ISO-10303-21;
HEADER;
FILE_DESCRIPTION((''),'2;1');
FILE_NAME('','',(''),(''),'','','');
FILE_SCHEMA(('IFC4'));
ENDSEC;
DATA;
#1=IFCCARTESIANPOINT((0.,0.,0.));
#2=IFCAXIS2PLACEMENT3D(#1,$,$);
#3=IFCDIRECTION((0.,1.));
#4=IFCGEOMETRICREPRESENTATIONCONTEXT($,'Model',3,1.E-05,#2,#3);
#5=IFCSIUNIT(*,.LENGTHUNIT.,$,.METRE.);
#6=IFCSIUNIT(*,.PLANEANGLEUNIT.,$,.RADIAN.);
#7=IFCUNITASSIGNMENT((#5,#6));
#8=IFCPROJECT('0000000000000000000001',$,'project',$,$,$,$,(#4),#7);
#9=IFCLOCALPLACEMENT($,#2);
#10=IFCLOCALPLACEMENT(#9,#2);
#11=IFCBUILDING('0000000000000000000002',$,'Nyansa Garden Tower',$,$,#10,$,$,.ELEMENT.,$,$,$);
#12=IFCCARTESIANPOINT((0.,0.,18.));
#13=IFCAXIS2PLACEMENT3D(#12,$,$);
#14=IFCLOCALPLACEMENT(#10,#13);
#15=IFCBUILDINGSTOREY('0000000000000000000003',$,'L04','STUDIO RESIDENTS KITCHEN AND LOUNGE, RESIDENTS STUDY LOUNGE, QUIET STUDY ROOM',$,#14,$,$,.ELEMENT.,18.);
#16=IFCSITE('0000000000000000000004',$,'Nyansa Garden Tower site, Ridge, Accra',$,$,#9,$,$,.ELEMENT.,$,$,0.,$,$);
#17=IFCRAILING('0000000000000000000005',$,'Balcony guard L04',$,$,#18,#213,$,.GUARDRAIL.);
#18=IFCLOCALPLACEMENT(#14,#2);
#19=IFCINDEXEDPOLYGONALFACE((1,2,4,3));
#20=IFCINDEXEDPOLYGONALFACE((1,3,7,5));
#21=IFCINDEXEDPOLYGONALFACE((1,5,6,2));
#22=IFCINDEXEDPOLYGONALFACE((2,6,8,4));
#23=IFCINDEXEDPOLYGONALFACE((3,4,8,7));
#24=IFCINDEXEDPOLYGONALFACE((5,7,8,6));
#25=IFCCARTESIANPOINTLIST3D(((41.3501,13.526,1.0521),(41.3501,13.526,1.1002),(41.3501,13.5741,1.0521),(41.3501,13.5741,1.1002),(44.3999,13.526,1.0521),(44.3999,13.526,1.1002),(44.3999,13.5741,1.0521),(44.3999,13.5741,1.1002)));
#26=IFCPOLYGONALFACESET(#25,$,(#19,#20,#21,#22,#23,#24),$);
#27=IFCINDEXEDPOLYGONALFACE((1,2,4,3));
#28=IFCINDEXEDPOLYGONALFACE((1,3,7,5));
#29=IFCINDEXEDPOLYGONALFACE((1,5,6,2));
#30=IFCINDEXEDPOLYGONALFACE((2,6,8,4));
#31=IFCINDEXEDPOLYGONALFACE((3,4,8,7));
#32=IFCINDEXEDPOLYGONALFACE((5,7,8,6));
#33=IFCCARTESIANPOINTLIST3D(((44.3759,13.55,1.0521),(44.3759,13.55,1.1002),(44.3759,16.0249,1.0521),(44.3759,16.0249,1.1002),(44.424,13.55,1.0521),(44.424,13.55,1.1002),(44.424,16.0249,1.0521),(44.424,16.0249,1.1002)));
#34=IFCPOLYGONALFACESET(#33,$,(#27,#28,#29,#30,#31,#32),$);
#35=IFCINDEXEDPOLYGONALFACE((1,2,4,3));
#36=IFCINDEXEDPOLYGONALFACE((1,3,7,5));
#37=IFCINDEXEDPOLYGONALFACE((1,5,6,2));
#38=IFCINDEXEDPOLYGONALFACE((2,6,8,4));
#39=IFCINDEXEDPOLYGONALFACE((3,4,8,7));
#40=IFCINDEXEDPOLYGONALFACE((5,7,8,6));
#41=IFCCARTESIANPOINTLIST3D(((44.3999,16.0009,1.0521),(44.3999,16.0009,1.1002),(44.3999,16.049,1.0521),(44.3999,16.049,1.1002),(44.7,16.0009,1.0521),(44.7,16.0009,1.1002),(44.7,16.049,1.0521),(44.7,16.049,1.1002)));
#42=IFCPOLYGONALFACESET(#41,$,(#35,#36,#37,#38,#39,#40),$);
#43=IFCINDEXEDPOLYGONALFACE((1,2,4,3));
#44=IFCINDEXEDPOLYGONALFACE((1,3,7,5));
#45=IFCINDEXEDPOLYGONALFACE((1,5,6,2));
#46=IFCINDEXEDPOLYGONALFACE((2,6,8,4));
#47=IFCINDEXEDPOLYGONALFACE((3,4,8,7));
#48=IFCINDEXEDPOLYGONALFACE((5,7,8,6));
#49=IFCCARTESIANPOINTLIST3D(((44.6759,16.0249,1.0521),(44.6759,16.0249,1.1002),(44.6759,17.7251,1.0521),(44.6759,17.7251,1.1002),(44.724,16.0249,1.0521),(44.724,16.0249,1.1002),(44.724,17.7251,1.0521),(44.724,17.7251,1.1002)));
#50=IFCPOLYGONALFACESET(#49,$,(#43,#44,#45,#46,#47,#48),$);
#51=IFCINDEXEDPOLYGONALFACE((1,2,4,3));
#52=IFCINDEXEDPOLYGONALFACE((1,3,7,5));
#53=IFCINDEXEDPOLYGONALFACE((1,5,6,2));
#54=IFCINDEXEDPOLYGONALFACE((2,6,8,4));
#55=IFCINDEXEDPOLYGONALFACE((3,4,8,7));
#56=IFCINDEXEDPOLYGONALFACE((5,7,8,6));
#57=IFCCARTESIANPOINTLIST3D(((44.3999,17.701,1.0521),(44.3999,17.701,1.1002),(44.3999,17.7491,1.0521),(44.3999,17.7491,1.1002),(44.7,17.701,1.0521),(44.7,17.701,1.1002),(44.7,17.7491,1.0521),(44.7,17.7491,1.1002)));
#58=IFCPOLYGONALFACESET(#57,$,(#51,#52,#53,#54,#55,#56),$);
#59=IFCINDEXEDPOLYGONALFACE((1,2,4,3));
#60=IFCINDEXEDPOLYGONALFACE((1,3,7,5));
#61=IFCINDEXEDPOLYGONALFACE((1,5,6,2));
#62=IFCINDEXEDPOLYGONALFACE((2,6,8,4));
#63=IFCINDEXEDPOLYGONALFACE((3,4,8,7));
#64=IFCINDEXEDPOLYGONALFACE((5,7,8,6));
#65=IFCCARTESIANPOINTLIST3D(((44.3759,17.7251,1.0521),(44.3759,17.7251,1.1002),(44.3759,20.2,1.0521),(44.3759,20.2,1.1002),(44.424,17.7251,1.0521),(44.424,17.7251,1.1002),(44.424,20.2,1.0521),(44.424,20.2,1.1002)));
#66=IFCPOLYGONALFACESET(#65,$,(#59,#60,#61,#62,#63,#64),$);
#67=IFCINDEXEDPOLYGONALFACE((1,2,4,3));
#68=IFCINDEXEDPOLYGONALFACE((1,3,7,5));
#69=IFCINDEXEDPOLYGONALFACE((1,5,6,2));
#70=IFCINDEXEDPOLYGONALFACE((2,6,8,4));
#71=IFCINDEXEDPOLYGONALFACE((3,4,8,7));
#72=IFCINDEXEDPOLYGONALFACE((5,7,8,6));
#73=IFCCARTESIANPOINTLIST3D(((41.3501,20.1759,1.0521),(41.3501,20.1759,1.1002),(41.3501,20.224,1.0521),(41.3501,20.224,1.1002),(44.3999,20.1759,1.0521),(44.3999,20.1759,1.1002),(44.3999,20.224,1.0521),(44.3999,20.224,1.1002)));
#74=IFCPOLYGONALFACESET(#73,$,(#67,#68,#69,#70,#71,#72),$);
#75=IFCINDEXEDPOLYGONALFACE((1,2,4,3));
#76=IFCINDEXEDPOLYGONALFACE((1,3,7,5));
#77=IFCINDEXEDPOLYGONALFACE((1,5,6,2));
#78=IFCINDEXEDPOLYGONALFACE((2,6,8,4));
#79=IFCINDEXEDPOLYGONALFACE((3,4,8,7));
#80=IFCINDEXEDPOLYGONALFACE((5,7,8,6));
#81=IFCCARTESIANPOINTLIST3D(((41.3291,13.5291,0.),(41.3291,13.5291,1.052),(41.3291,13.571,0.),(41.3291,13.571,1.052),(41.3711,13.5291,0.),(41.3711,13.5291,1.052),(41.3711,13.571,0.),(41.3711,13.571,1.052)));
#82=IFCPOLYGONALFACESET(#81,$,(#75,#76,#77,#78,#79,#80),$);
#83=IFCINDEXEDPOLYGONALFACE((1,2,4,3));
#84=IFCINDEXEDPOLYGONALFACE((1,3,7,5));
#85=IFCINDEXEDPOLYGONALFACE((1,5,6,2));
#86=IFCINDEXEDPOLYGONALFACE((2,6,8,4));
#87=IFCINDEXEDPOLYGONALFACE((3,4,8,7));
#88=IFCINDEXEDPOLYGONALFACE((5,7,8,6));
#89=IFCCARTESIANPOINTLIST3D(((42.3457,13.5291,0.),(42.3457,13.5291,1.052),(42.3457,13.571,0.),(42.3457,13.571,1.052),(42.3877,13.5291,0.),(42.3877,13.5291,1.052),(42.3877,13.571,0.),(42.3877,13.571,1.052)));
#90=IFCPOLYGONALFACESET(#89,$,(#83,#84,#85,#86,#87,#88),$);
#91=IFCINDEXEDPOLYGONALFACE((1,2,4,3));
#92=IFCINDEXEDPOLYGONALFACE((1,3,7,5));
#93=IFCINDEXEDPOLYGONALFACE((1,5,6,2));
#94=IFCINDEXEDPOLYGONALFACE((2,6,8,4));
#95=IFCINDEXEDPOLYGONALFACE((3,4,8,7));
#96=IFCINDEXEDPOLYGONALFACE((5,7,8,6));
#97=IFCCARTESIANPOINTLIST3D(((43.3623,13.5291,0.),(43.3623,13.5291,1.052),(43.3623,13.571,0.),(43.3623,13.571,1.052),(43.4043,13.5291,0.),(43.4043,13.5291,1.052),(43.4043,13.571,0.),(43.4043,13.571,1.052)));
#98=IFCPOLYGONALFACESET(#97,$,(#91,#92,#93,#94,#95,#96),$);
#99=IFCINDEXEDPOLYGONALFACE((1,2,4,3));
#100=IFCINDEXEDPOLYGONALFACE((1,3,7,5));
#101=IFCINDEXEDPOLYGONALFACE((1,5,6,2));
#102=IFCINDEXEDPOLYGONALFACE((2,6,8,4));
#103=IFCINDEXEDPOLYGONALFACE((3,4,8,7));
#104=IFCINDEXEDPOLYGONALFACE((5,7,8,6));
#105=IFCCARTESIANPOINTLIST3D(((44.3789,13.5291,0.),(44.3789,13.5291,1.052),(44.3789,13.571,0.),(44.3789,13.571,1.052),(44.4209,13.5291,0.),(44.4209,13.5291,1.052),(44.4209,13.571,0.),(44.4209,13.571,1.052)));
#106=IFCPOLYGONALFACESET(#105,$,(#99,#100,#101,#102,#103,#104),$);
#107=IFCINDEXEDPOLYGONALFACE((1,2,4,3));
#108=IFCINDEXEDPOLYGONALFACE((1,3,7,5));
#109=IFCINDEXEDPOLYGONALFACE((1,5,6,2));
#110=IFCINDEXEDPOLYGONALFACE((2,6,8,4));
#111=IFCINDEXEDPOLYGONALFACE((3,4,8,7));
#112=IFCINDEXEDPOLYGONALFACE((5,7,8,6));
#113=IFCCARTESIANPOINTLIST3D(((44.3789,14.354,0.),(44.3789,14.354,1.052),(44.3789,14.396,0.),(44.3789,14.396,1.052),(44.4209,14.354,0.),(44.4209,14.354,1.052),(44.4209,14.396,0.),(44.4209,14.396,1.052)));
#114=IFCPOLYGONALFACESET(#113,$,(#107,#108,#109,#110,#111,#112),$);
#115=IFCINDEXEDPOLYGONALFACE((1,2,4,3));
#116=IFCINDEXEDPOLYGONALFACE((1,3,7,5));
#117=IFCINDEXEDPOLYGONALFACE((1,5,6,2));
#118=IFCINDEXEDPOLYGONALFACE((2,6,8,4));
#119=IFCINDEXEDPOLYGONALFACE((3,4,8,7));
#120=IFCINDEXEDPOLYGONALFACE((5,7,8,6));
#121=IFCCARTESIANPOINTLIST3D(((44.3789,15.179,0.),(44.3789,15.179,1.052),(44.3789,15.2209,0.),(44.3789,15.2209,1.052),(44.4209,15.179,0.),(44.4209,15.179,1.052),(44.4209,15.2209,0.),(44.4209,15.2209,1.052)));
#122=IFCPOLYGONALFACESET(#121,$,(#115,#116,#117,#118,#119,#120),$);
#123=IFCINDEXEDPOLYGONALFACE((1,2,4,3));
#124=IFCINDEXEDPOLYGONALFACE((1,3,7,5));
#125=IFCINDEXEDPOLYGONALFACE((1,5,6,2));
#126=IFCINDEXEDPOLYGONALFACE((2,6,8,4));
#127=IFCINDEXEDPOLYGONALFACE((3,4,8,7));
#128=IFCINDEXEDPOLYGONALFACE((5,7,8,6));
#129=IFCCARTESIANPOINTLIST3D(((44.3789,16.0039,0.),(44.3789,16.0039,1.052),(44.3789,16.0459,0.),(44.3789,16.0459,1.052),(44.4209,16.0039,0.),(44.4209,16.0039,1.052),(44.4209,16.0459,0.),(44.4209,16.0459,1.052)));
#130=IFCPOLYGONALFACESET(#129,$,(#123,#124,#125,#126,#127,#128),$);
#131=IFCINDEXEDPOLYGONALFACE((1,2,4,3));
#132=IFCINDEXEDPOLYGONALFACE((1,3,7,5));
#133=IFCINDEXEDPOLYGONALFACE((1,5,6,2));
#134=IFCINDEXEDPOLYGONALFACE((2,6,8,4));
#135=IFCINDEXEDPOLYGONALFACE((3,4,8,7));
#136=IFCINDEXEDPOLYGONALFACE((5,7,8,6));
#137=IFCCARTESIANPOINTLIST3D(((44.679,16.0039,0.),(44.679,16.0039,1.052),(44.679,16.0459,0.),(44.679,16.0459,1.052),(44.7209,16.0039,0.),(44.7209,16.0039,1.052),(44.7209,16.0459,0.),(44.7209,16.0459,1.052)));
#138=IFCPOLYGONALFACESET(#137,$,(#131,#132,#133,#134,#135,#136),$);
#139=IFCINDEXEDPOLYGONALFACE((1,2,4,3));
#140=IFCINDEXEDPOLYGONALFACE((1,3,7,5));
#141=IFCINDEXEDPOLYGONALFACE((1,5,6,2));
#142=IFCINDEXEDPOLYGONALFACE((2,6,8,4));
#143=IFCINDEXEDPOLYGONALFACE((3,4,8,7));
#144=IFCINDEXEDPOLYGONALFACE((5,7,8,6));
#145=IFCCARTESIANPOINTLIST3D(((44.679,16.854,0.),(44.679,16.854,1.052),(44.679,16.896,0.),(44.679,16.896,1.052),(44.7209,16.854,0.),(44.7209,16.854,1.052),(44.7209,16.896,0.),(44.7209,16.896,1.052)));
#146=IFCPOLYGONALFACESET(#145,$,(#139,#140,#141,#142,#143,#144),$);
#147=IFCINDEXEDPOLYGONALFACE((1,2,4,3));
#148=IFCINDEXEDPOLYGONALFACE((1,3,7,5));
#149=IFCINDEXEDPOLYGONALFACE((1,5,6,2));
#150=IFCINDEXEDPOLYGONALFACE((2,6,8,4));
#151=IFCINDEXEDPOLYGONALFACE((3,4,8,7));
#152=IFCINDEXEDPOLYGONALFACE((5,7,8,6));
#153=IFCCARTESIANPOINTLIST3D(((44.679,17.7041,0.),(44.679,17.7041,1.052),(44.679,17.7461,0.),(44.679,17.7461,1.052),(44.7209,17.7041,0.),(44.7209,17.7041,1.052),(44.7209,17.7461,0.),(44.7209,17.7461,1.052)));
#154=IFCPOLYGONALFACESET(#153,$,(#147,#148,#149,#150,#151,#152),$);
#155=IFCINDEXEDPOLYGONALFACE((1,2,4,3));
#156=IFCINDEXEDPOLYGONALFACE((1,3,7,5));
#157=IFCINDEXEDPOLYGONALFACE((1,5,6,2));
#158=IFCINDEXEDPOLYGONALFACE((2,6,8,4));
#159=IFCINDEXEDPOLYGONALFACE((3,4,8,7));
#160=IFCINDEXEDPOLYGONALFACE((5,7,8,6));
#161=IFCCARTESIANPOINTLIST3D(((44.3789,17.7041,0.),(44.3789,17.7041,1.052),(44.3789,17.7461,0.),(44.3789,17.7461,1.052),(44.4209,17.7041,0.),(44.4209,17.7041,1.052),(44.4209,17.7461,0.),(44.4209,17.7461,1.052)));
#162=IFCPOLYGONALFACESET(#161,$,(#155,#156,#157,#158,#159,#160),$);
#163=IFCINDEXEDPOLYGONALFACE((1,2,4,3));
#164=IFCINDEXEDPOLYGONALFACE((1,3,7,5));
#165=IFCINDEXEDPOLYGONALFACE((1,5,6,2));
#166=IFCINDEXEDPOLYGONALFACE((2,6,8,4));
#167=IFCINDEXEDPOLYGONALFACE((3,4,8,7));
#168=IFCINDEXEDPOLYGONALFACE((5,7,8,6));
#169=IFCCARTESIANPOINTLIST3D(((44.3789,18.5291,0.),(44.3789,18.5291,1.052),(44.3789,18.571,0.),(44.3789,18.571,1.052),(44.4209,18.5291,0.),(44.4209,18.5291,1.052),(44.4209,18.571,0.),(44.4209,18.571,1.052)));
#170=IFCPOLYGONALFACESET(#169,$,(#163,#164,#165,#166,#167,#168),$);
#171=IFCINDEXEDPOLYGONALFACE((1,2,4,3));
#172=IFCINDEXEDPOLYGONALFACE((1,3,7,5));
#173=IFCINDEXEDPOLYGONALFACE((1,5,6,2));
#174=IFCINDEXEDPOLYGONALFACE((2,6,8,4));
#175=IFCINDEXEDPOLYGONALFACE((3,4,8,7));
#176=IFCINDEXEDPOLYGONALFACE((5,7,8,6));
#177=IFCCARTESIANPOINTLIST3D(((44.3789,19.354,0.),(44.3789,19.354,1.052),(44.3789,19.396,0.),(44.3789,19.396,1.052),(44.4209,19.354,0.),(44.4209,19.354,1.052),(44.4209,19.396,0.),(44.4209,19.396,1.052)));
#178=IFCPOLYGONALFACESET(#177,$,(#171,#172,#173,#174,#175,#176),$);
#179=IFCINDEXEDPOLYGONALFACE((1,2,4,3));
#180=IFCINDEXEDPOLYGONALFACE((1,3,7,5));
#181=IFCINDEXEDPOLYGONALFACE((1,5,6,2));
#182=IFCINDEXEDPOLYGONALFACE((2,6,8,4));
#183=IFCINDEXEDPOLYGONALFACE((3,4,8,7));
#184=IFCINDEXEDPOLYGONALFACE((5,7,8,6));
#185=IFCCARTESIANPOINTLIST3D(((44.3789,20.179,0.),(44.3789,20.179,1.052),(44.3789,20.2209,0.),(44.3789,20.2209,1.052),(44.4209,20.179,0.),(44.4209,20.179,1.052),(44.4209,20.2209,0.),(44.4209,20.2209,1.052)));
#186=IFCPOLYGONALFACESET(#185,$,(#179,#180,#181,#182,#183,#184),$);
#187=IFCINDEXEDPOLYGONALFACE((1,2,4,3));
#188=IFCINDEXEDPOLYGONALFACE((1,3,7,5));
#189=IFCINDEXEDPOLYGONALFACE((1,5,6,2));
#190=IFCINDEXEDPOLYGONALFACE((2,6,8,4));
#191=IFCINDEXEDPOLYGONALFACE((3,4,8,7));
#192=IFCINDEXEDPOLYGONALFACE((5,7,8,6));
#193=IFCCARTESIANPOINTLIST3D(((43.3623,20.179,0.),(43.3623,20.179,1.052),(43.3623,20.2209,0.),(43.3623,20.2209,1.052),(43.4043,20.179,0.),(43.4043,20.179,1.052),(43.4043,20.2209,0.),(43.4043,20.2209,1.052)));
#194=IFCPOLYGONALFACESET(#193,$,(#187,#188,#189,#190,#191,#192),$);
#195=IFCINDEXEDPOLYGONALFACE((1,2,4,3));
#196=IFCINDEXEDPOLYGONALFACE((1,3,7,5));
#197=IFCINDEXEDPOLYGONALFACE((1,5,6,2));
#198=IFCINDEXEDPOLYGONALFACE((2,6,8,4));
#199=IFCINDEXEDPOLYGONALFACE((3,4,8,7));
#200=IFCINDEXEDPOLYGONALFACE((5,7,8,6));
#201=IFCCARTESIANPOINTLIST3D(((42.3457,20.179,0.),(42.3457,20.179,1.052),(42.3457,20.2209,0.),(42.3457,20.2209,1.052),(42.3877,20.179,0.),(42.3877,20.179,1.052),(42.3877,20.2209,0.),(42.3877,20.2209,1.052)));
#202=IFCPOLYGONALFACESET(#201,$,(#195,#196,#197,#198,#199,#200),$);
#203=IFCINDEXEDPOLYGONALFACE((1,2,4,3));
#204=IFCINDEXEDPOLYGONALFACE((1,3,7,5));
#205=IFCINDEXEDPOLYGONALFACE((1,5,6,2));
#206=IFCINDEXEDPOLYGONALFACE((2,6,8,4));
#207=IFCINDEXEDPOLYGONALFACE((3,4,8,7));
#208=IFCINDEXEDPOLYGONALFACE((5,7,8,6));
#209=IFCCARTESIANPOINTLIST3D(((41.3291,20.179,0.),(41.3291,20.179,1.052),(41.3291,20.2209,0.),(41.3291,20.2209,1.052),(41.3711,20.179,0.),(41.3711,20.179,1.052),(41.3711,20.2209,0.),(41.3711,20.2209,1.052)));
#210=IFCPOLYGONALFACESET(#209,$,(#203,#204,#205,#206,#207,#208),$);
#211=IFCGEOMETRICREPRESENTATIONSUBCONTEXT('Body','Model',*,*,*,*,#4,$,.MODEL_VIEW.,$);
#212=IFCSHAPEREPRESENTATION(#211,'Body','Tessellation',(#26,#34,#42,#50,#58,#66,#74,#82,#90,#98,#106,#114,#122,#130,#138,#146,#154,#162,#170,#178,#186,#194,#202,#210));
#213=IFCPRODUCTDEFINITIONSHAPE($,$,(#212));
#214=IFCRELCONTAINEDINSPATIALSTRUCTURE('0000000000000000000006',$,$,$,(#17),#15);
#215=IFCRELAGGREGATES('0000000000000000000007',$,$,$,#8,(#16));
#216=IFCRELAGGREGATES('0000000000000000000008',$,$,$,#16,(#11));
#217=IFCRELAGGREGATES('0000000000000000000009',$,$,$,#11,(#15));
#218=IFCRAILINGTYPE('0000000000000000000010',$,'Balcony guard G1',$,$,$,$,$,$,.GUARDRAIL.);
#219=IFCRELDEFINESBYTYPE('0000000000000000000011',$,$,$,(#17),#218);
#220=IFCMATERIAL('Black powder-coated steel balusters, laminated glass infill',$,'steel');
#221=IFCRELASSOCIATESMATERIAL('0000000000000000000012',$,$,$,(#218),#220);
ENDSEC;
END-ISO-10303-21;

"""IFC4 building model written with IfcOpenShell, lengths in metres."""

from ifc_helpers import new_model, si_unit, direction, frame, origin, origin_2d, place, context, subcontext, project, spatial, rectangle, extrude, material, type_object, element, save


model = new_model("IFC4")

# Units and contexts
model_context = context("Model", 3, precision=1e-05, world=origin(), true_north=direction((0.0, 1.0)))
body_context = subcontext(model_context, "Body", "Model", "MODEL_VIEW")
ifc_project = project(units=[si_unit("LENGTHUNIT", "METRE"), si_unit("PLANEANGLEUNIT", "RADIAN")], contexts=[model_context])

# Site, building, storey
site_placement = place(None, origin())
site = spatial("IfcSite", under=ifc_project, at=site_placement, Name="Nyansa Garden Tower site, Ridge, Accra", CompositionType="ELEMENT", RefElevation=0.0)
building_placement = place(site_placement, origin())
building = spatial("IfcBuilding", under=site, at=building_placement, Name="Nyansa Garden Tower", CompositionType="ELEMENT")
storey_placement = place(building_placement, frame((0.0, 0.0, 18.0)))
storey = spatial("IfcBuildingStorey", under=building, at=storey_placement, Name="L04", Description="STUDIO RESIDENTS KITCHEN AND LOUNGE, RESIDENTS STUDY LOUNGE, QUIET STUDY ROOM", CompositionType="ELEMENT", Elevation=18.0)

# Railing
ifc_material_1 = material(Name="Black powder-coated steel balusters, laminated glass infill", Category="steel")
railing_type = type_object("IfcRailingType", Name="Balcony guard G1", PredefinedType="GUARDRAIL", material=ifc_material_1)
railing_placement = place(storey_placement, frame((41.3501, 13.55, 0.0)))
element("IfcRailing", 1, at=railing_placement, inside=storey, type_object=railing_type, Name="Balcony guard L04", PredefinedType="GUARDRAIL", context=body_context, shape_type="SweptSolid", body=[
    extrude(rectangle(XDim=0.0481, YDim=0.0481, at=origin_2d()), frame((0.0, 0.0, 1.0762), z_axis=(1.0, 0.0, 0.0), x_axis=(0.0, 1.0, 0.0)), (0.0, 0.0, 1.0), 3.0498),
    extrude(rectangle(XDim=0.0481, YDim=0.0481, at=origin_2d()), frame((3.0498, 0.0, 1.0762), z_axis=(0.0, 1.0, 0.0), x_axis=(-1.0, 0.0, 0.0)), (0.0, 0.0, 1.0), 2.4749),
    extrude(rectangle(XDim=0.0481, YDim=0.0481, at=origin_2d()), frame((3.0498, 2.4749, 1.0762), z_axis=(1.0, 0.0, 0.0), x_axis=(0.0, 1.0, 0.0)), (0.0, 0.0, 1.0), 0.3),
    extrude(rectangle(XDim=0.0481, YDim=0.0481, at=origin_2d()), frame((3.3499, 2.4749, 1.0762), z_axis=(0.0, 1.0, 0.0), x_axis=(-1.0, 0.0, 0.0)), (0.0, 0.0, 1.0), 1.7002),
    extrude(rectangle(XDim=0.0481, YDim=0.0481, at=origin_2d()), frame((3.3499, 4.175, 1.0762), z_axis=(-1.0, 0.0, 0.0), x_axis=(0.0, -1.0, 0.0)), (0.0, 0.0, 1.0), 0.3),
    extrude(rectangle(XDim=0.0481, YDim=0.0481, at=origin_2d()), frame((3.0498, 4.175, 1.0762), z_axis=(0.0, 1.0, 0.0), x_axis=(-1.0, 0.0, 0.0)), (0.0, 0.0, 1.0), 2.4749),
    extrude(rectangle(XDim=0.0481, YDim=0.0481, at=origin_2d()), frame((3.0498, 6.6499, 1.0762), z_axis=(-1.0, 0.0, 0.0), x_axis=(0.0, -1.0, 0.0)), (0.0, 0.0, 1.0), 3.0498),
    extrude(rectangle(XDim=0.042, YDim=0.042, at=origin_2d()), origin(), (0.0, 0.0, 1.0), 1.052),
    extrude(rectangle(XDim=0.042, YDim=0.042, at=origin_2d()), frame((1.0166, 0.0, 0.0)), (0.0, 0.0, 1.0), 1.052),
    extrude(rectangle(XDim=0.042, YDim=0.042, at=origin_2d()), frame((2.0332, 0.0, 0.0)), (0.0, 0.0, 1.0), 1.052),
    extrude(rectangle(XDim=0.042, YDim=0.042, at=origin_2d()), frame((3.0498, 0.0, 0.0)), (0.0, 0.0, 1.0), 1.052),
    extrude(rectangle(XDim=0.042, YDim=0.042, at=origin_2d()), frame((3.0498, 0.825, 0.0)), (0.0, 0.0, 1.0), 1.052),
    extrude(rectangle(XDim=0.042, YDim=0.042, at=origin_2d()), frame((3.0498, 1.6499, 0.0)), (0.0, 0.0, 1.0), 1.052),
    extrude(rectangle(XDim=0.042, YDim=0.042, at=origin_2d()), frame((3.0498, 2.4749, 0.0)), (0.0, 0.0, 1.0), 1.052),
    extrude(rectangle(XDim=0.042, YDim=0.042, at=origin_2d()), frame((3.3499, 2.4749, 0.0)), (0.0, 0.0, 1.0), 1.052),
    extrude(rectangle(XDim=0.042, YDim=0.042, at=origin_2d()), frame((3.3499, 3.325, 0.0)), (0.0, 0.0, 1.0), 1.052),
    extrude(rectangle(XDim=0.042, YDim=0.042, at=origin_2d()), frame((3.3499, 4.175, 0.0)), (0.0, 0.0, 1.0), 1.052),
    extrude(rectangle(XDim=0.042, YDim=0.042, at=origin_2d()), frame((3.0498, 4.175, 0.0)), (0.0, 0.0, 1.0), 1.052),
    extrude(rectangle(XDim=0.042, YDim=0.042, at=origin_2d()), frame((3.0498, 5.0, 0.0)), (0.0, 0.0, 1.0), 1.052),
    extrude(rectangle(XDim=0.042, YDim=0.042, at=origin_2d()), frame((3.0498, 5.825, 0.0)), (0.0, 0.0, 1.0), 1.052),
    extrude(rectangle(XDim=0.042, YDim=0.042, at=origin_2d()), frame((3.0498, 6.6499, 0.0)), (0.0, 0.0, 1.0), 1.052),
    extrude(rectangle(XDim=0.042, YDim=0.042, at=origin_2d()), frame((2.0332, 6.6499, 0.0)), (0.0, 0.0, 1.0), 1.052),
    extrude(rectangle(XDim=0.042, YDim=0.042, at=origin_2d()), frame((1.0166, 6.6499, 0.0)), (0.0, 0.0, 1.0), 1.052),
    extrude(rectangle(XDim=0.042, YDim=0.042, at=origin_2d()), frame((0.0, 6.6499, 0.0)), (0.0, 0.0, 1.0), 1.052),
])

save(model, "model.ifc")
